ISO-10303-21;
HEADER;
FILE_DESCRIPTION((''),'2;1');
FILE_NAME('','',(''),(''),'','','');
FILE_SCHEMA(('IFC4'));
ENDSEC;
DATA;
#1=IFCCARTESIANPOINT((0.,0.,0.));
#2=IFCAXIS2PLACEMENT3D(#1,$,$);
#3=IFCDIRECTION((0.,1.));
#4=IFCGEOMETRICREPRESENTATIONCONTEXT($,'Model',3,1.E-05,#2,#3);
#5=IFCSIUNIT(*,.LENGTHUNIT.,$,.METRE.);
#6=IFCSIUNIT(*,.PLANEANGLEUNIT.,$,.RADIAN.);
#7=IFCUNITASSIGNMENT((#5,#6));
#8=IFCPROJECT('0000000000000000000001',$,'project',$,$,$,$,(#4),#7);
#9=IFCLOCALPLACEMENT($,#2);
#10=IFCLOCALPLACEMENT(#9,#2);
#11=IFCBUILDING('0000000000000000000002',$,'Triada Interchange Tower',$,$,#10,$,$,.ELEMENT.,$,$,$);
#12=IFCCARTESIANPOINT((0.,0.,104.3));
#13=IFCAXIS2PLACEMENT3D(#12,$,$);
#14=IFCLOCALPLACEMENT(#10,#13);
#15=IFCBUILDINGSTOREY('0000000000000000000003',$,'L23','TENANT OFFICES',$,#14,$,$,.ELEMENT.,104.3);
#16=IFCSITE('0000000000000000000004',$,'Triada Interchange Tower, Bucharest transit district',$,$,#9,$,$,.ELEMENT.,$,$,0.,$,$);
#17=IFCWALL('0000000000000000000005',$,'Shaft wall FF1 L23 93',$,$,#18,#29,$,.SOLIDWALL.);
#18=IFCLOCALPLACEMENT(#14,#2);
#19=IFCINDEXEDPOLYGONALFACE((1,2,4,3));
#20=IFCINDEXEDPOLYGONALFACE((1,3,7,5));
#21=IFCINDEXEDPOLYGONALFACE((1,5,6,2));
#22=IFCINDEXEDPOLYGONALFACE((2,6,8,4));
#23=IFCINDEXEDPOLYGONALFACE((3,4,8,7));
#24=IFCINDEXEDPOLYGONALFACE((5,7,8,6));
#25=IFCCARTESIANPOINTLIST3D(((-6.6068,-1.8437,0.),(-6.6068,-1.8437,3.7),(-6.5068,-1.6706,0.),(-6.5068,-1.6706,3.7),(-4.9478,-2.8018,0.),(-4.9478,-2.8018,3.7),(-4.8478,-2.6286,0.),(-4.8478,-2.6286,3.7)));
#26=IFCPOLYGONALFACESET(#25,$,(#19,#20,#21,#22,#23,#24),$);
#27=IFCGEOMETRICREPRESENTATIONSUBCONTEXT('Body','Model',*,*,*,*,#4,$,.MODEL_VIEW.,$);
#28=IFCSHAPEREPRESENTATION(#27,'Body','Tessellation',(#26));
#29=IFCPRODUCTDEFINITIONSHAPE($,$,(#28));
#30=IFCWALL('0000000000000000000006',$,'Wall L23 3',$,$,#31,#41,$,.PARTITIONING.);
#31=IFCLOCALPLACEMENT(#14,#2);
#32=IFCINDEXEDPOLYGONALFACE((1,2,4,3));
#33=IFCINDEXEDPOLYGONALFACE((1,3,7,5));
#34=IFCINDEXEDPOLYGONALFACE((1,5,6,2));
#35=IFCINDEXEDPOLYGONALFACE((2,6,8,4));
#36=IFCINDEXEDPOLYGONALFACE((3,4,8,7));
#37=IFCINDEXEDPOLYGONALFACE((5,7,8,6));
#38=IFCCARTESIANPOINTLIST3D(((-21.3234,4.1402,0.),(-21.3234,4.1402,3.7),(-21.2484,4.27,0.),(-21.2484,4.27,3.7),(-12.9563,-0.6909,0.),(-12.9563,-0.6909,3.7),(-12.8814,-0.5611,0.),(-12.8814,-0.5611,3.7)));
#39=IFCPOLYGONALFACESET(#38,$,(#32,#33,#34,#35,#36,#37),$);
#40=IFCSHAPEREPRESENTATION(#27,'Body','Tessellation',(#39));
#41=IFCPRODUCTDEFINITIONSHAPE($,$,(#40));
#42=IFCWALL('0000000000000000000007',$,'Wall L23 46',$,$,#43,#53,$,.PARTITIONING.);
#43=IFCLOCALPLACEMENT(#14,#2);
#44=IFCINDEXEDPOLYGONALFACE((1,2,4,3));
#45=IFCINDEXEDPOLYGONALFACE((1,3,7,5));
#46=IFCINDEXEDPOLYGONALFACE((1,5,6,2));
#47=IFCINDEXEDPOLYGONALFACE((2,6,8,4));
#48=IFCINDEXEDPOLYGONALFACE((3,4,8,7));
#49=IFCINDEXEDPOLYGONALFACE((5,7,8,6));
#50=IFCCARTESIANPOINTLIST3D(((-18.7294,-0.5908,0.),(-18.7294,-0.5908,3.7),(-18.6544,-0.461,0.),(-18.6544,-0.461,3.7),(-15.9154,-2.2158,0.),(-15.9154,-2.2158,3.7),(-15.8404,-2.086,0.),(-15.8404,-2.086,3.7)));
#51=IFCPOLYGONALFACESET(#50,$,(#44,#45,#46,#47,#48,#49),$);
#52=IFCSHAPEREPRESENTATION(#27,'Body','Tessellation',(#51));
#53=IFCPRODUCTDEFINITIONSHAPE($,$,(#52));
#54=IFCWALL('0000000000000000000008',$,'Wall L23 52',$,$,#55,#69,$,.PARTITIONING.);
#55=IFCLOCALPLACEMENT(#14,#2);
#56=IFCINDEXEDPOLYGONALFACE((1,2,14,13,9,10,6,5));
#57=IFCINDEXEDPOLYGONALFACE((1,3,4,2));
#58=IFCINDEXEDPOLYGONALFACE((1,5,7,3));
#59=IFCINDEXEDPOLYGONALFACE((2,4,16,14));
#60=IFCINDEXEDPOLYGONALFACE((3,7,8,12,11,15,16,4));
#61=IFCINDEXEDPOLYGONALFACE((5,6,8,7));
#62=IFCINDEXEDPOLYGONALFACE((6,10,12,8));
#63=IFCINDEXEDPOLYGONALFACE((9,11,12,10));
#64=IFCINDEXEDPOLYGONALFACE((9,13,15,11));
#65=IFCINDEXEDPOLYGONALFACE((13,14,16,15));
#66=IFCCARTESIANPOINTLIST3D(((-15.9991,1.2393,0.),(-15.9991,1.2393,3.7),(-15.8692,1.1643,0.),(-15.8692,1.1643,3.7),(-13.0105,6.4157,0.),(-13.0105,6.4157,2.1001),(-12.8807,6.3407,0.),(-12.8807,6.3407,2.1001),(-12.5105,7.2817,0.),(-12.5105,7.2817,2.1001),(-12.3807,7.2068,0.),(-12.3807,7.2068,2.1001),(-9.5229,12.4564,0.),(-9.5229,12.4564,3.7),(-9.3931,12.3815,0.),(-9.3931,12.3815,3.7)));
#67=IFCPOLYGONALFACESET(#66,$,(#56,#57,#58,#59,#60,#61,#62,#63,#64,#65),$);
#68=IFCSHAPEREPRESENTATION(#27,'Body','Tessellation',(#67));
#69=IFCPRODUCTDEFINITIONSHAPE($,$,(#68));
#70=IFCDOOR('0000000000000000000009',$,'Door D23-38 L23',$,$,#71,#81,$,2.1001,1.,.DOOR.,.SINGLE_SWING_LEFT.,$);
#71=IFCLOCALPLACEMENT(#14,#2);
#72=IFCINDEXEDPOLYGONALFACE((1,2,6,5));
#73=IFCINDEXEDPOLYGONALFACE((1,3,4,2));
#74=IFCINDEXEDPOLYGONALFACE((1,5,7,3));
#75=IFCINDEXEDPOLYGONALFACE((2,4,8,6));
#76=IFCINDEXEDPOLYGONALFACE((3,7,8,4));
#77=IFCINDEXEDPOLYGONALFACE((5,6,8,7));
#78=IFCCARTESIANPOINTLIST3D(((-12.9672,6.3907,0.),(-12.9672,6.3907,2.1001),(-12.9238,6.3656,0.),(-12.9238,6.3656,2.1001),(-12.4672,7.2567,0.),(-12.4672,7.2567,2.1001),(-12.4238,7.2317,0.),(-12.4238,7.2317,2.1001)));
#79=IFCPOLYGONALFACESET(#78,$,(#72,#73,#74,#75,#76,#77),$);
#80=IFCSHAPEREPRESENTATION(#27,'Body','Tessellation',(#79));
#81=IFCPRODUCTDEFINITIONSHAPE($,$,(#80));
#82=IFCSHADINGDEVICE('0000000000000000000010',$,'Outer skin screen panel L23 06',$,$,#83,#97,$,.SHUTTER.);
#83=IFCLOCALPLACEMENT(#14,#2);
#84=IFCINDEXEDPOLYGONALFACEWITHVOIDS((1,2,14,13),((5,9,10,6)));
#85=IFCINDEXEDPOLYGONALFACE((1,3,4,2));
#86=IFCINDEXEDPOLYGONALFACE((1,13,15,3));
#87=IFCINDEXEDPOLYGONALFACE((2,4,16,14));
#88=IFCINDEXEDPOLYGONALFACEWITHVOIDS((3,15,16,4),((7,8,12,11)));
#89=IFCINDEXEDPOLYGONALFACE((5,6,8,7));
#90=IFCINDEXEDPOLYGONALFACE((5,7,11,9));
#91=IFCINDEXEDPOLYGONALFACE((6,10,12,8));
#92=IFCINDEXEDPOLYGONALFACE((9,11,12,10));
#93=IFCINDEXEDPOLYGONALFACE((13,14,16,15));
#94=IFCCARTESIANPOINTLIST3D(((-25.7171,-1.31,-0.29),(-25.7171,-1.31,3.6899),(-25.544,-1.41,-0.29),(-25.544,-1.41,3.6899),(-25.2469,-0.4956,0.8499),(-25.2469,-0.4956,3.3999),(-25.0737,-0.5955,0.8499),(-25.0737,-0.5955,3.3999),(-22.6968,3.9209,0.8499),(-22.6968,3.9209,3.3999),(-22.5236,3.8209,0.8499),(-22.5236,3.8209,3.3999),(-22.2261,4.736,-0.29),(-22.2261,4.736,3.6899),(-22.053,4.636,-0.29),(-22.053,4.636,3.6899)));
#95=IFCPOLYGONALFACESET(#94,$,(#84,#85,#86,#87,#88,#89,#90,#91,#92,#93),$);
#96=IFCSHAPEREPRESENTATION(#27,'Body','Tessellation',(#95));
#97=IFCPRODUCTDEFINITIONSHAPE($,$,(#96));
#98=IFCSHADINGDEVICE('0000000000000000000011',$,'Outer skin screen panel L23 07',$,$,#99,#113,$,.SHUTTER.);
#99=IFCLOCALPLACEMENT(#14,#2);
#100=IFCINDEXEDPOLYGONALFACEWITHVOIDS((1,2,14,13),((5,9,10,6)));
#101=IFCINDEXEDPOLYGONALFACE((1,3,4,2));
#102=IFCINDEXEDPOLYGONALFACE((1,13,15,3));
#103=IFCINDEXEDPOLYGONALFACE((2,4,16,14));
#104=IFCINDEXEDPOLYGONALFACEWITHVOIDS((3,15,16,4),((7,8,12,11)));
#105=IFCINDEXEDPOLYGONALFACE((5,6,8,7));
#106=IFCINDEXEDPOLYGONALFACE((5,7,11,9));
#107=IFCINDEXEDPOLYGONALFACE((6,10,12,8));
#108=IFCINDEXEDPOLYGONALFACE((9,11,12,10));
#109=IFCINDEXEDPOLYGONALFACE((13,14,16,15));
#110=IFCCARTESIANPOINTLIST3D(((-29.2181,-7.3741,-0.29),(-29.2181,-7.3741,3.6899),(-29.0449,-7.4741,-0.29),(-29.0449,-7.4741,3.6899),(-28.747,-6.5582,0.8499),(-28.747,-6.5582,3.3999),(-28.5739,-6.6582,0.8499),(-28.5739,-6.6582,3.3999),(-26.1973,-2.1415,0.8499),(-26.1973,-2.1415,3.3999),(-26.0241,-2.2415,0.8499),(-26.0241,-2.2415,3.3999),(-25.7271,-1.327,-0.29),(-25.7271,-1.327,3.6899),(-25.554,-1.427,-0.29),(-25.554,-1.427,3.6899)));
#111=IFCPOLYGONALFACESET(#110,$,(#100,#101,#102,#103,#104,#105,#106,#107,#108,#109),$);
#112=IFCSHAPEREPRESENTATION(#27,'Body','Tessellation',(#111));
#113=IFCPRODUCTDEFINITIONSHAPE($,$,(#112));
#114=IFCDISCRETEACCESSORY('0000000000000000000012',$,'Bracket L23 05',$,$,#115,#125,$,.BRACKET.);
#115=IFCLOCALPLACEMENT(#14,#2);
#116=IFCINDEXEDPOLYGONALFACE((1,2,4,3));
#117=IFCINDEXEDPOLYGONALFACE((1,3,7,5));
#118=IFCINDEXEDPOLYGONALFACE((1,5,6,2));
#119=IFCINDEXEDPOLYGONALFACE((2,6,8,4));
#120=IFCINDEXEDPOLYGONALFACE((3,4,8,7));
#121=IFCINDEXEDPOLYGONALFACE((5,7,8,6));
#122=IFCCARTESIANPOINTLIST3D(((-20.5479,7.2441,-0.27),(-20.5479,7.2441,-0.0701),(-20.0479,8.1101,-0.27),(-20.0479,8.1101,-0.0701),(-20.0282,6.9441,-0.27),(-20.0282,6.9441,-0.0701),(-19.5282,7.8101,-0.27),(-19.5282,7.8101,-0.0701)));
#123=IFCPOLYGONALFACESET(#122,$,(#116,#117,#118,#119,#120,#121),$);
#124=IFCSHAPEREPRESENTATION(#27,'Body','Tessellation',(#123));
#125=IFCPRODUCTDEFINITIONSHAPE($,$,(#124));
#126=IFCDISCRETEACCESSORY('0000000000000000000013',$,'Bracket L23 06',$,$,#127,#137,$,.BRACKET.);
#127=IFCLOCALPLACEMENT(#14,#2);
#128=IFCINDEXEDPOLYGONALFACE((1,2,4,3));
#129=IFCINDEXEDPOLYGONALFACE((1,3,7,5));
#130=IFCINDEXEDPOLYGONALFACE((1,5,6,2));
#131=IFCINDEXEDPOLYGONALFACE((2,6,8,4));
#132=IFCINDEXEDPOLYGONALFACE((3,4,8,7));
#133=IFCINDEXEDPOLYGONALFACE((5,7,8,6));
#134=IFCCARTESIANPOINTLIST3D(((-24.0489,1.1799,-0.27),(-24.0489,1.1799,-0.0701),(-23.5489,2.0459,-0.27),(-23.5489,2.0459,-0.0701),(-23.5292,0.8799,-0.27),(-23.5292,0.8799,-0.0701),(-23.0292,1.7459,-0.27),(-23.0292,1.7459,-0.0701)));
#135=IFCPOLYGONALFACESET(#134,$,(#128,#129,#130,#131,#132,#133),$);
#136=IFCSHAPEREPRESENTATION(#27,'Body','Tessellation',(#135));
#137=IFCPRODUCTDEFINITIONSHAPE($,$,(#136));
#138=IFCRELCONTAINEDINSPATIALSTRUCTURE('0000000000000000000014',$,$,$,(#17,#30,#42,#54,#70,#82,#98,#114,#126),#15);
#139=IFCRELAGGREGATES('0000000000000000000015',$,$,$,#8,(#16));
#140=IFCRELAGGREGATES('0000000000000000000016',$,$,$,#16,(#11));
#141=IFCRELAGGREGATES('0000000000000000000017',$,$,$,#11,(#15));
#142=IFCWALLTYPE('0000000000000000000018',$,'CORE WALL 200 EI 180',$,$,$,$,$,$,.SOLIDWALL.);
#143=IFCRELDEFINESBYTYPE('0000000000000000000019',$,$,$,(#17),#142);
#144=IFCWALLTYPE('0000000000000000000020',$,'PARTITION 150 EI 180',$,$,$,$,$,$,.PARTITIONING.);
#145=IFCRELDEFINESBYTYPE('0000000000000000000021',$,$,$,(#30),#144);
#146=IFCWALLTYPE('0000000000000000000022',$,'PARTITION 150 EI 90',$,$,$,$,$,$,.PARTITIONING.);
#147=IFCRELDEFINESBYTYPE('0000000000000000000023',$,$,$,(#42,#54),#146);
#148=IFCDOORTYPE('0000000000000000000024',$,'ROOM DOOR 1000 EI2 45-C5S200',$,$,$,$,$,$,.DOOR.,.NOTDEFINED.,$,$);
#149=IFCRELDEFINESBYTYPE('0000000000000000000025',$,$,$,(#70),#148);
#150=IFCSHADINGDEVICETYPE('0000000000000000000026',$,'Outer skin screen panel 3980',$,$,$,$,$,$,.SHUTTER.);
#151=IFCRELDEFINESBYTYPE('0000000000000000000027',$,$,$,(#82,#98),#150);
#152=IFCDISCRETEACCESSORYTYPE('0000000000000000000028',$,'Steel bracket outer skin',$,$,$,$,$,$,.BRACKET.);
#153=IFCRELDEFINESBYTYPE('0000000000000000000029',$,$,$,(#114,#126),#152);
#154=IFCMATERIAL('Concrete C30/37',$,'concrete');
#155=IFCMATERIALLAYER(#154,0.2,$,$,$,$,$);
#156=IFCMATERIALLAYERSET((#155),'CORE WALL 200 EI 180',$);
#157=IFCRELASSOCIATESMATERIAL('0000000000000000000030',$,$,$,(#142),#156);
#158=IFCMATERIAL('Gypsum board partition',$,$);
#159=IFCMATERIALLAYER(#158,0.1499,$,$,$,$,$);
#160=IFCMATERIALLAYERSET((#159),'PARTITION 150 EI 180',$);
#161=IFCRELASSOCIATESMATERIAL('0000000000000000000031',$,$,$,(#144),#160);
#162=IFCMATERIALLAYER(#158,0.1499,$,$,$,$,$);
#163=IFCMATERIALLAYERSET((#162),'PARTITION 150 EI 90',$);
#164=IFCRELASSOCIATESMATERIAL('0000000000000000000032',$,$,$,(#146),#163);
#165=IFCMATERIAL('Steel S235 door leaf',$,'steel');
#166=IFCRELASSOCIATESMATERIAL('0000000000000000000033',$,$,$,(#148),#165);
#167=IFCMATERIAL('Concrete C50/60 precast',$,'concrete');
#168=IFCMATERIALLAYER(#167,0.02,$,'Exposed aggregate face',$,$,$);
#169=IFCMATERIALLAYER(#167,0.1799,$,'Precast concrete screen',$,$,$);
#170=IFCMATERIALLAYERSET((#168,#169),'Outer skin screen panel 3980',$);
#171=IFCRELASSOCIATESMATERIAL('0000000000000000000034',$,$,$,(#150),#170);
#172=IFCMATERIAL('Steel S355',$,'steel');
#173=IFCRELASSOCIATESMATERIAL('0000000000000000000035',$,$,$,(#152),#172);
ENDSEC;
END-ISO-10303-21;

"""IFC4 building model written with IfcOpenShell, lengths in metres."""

from ifc_helpers import new_model, si_unit, direction, frame, frame_2d, origin, origin_2d, place, context, subcontext, project, spatial, polyline, rectangle, outline, extrude, material, layer, layer_set, type_object, element, fill, save


model = new_model("IFC4")

# Units and contexts
model_context = context("Model", 3, precision=1e-05, world=origin(), true_north=direction((0.0, 1.0)))
body_context = subcontext(model_context, "Body", "Model", "MODEL_VIEW")
ifc_project = project(units=[si_unit("LENGTHUNIT", "METRE"), si_unit("PLANEANGLEUNIT", "RADIAN")], contexts=[model_context])

# Site, building, storey
site_placement = place(None, origin())
site = spatial("IfcSite", under=ifc_project, at=site_placement, Name="Triada Interchange Tower, Bucharest transit district", CompositionType="ELEMENT", RefElevation=0.0)
building_placement = place(site_placement, origin())
building = spatial("IfcBuilding", under=site, at=building_placement, Name="Triada Interchange Tower", CompositionType="ELEMENT")
storey_placement = place(building_placement, frame((0.0, 0.0, 104.3)))
storey = spatial("IfcBuildingStorey", under=building, at=storey_placement, Name="L23", Description="TENANT OFFICES", CompositionType="ELEMENT", Elevation=104.3)

# Shared definitions
ifc_material_1 = material(Name="Concrete C30/37", Category="concrete")

# Shared definitions
ifc_layer_1 = layer(ifc_material_1, 0.2)
ifc_layer_set_1 = layer_set([ifc_layer_1], Name="CORE WALL 200 EI 180")
wall_type_1 = type_object("IfcWallType", Name="CORE WALL 200 EI 180", PredefinedType="SOLIDWALL", material=ifc_layer_set_1)
ifc_material_2 = material(Name="Steel S235 door leaf", Category="steel")

# Walls
wall_1_placement = place(storey_placement, frame((-6.5569, -1.7571, 0.0), z_axis=(0.0, 0.0, 1.0), x_axis=(0.865975, -0.500086, 0.0)))
element("IfcWall", 1, at=wall_1_placement, inside=storey, type_object=wall_type_1, Name="Shaft wall FF1 L23 93", PredefinedType="SOLIDWALL", context=body_context, shape_type="SweptSolid", body=[
    extrude(rectangle(XDim=1.9158, YDim=0.2, at=frame_2d((0.958, 0.0))), origin(), (0.0, 0.0, 1.0), 3.7),
])
ifc_material_3 = material(Name="Gypsum board partition")
ifc_layer_2 = layer(ifc_material_3, 0.1499)
ifc_layer_set_2 = layer_set([ifc_layer_2], Name="PARTITION 150 EI 180")
wall_type_2 = type_object("IfcWallType", Name="PARTITION 150 EI 180", PredefinedType="PARTITIONING", material=ifc_layer_set_2)
wall_2_placement = place(storey_placement, frame((-21.2859, 4.2051, 0.0), z_axis=(0.0, 0.0, 1.0), x_axis=(0.866008, -0.500031, 0.0)))
element("IfcWall", 2, at=wall_2_placement, inside=storey, type_object=wall_type_2, Name="Wall L23 3", PredefinedType="PARTITIONING", context=body_context, shape_type="SweptSolid", body=[
    extrude(rectangle(XDim=9.6616, YDim=0.1499, at=frame_2d((4.8308, 0.0))), origin(), (0.0, 0.0, 1.0), 3.7),
])
ifc_layer_3 = layer(ifc_material_3, 0.1499)
ifc_layer_set_3 = layer_set([ifc_layer_3], Name="PARTITION 150 EI 90")
wall_type_3 = type_object("IfcWallType", Name="PARTITION 150 EI 90", PredefinedType="PARTITIONING", material=ifc_layer_set_3)
wall_3_placement = place(storey_placement, frame((-18.6919, -0.5259, 0.0), z_axis=(0.0, 0.0, 1.0), x_axis=(0.865978, -0.500082, 0.0)))
element("IfcWall", 3, at=wall_3_placement, inside=storey, type_object=wall_type_3, Name="Wall L23 46", PredefinedType="PARTITIONING", context=body_context, shape_type="SweptSolid", body=[
    extrude(rectangle(XDim=3.2495, YDim=0.1499, at=frame_2d((1.6248, 0.0))), origin(), (0.0, 0.0, 1.0), 3.7),
])

# Wall, opening, door
wall_4_placement = place(storey_placement, frame((-15.9341, 1.2019, 0.0), z_axis=(0.0, 0.0, 1.0), x_axis=(0.499995, 0.866028, 0.0)))
wall_4 = element("IfcWall", 4, at=wall_4_placement, inside=storey, type_object=wall_type_3, Name="Wall L23 52", PredefinedType="PARTITIONING", context=body_context, shape_type="SweptSolid", body=[
    extrude(rectangle(XDim=12.9524, YDim=0.1499, at=frame_2d((6.4761, 0.0))), origin(), (0.0, 0.0, 1.0), 3.7),
])
opening_1_placement = place(wall_4_placement, frame((5.9771, 0.0, 0.0)))
opening_1 = element("IfcOpeningElement", 5, at=opening_1_placement, cuts=wall_4, PredefinedType="OPENING", context=body_context, shape_type="SweptSolid", body=[
    extrude(rectangle(XDim=1.0, YDim=2.1001, at=frame_2d((0.5, 1.05))), frame((0.0, 0.085, 0.0), z_axis=(0.0, -1.0, 0.0), x_axis=(1.0, 0.0, 0.0)), (0.0, 0.0, 1.0), 0.1699),
])
door_type_1 = type_object("IfcDoorType", Name="ROOM DOOR 1000 EI2 45-C5S200", OperationType="NOTDEFINED", PredefinedType="DOOR", material=ifc_material_2)
door_1_placement = place(opening_1_placement, origin())
door_1 = element("IfcDoor", 6, at=door_1_placement, inside=storey, type_object=door_type_1, Name="Door D23-38 L23", OperationType="SINGLE_SWING_LEFT", OverallHeight=2.1001, OverallWidth=1.0, PredefinedType="DOOR", context=body_context, shape_type="SweptSolid", body=[
    extrude(rectangle(XDim=1.0, YDim=2.1001, at=frame_2d((0.5, 1.05))), frame((0.0, 0.0249, 0.0), z_axis=(0.0, -1.0, 0.0), x_axis=(1.0, 0.0, 0.0)), (0.0, 0.0, 1.0), 0.05),
])
fill(opening_1, door_1)

# Shading devices
ifc_material_4 = material(Name="Concrete C50/60 precast", Category="concrete")
ifc_layer_4 = layer(ifc_material_4, 0.02, Name="Exposed aggregate face")
ifc_layer_5 = layer(ifc_material_4, 0.1799, Name="Precast concrete screen")
ifc_layer_set_4 = layer_set([ifc_layer_4, ifc_layer_5], Name="Outer skin screen panel 3980")
shading_device_type = type_object("IfcShadingDeviceType", Name="Outer skin screen panel 3980", PredefinedType="SHUTTER", material=ifc_layer_set_4)
shading_device_1_placement = place(storey_placement, frame((-22.053, 4.636, -0.29), z_axis=(0.0, 0.0, 1.0), x_axis=(-0.500039, -0.866003, 0.0)))
element("IfcShadingDevice", 7, at=shading_device_1_placement, inside=storey, type_object=shading_device_type, Name="Outer skin screen panel L23 06", PredefinedType="SHUTTER", context=body_context, shape_type="SweptSolid", body=[
    extrude(outline(polyline([(0.0, 0.0), (6.9814, 0.0), (6.9814, 3.98), (0.0, 3.98), (0.0, 0.0)]), holes=[polyline([(0.9412, 1.1399), (0.9412, 3.6899), (6.041, 3.6899), (6.041, 1.1399), (0.9412, 1.1399)])]), frame((0.0, 0.0, 0.0), z_axis=(0.0, -1.0, 0.0), x_axis=(1.0, 0.0, 0.0)), (0.0, 0.0, 1.0), 0.2),
])
shading_device_2_placement = place(storey_placement, frame((-25.554, -1.427, -0.29), z_axis=(0.0, 0.0, 1.0), x_axis=(-0.499964, -0.866046, 0.0)))
element("IfcShadingDevice", 8, at=shading_device_2_placement, inside=storey, type_object=shading_device_type, Name="Outer skin screen panel L23 07", PredefinedType="SHUTTER", context=body_context, shape_type="SweptSolid", body=[
    extrude(outline(polyline([(0.0, 0.0), (6.9824, 0.0), (6.9824, 3.98), (0.0, 3.98), (0.0, 0.0)]), holes=[polyline([(0.9404, 1.1399), (0.9404, 3.6899), (6.0403, 3.6899), (6.0403, 1.1399), (0.9404, 1.1399)])]), frame((0.0, 0.0, 0.0), z_axis=(0.0, -1.0, 0.0), x_axis=(1.0, 0.0, 0.0)), (0.0, 0.0, 1.0), 0.2),
])

# Discrete accessories
ifc_material_5 = material(Name="Steel S355", Category="steel")
discrete_accessory_type = type_object("IfcDiscreteAccessoryType", Name="Steel bracket outer skin", PredefinedType="BRACKET", material=ifc_material_5)
for number, where, z_axis, x_axis, name in (
    (9, (-20.0381, 7.5271, -0.27), (0.0, 0.0, 1.0), (-0.866022, 0.500006, 0.0), "Bracket L23 05"),
    (10, (-23.5391, 1.4629, -0.27), (0.0, 0.0, 1.0), (-0.866022, 0.500006, 0.0), "Bracket L23 06"),
):
    element("IfcDiscreteAccessory", number, at=place(storey_placement, frame(where, z_axis=z_axis, x_axis=x_axis)), inside=storey, type_object=discrete_accessory_type, Name=name, PredefinedType="BRACKET", context=body_context, shape_type="SweptSolid", body=[
        extrude(rectangle(XDim=0.6001, YDim=1.0, at=origin_2d()), origin(), (0.0, 0.0, 1.0), 0.2),
    ])

save(model, "model.ifc")
